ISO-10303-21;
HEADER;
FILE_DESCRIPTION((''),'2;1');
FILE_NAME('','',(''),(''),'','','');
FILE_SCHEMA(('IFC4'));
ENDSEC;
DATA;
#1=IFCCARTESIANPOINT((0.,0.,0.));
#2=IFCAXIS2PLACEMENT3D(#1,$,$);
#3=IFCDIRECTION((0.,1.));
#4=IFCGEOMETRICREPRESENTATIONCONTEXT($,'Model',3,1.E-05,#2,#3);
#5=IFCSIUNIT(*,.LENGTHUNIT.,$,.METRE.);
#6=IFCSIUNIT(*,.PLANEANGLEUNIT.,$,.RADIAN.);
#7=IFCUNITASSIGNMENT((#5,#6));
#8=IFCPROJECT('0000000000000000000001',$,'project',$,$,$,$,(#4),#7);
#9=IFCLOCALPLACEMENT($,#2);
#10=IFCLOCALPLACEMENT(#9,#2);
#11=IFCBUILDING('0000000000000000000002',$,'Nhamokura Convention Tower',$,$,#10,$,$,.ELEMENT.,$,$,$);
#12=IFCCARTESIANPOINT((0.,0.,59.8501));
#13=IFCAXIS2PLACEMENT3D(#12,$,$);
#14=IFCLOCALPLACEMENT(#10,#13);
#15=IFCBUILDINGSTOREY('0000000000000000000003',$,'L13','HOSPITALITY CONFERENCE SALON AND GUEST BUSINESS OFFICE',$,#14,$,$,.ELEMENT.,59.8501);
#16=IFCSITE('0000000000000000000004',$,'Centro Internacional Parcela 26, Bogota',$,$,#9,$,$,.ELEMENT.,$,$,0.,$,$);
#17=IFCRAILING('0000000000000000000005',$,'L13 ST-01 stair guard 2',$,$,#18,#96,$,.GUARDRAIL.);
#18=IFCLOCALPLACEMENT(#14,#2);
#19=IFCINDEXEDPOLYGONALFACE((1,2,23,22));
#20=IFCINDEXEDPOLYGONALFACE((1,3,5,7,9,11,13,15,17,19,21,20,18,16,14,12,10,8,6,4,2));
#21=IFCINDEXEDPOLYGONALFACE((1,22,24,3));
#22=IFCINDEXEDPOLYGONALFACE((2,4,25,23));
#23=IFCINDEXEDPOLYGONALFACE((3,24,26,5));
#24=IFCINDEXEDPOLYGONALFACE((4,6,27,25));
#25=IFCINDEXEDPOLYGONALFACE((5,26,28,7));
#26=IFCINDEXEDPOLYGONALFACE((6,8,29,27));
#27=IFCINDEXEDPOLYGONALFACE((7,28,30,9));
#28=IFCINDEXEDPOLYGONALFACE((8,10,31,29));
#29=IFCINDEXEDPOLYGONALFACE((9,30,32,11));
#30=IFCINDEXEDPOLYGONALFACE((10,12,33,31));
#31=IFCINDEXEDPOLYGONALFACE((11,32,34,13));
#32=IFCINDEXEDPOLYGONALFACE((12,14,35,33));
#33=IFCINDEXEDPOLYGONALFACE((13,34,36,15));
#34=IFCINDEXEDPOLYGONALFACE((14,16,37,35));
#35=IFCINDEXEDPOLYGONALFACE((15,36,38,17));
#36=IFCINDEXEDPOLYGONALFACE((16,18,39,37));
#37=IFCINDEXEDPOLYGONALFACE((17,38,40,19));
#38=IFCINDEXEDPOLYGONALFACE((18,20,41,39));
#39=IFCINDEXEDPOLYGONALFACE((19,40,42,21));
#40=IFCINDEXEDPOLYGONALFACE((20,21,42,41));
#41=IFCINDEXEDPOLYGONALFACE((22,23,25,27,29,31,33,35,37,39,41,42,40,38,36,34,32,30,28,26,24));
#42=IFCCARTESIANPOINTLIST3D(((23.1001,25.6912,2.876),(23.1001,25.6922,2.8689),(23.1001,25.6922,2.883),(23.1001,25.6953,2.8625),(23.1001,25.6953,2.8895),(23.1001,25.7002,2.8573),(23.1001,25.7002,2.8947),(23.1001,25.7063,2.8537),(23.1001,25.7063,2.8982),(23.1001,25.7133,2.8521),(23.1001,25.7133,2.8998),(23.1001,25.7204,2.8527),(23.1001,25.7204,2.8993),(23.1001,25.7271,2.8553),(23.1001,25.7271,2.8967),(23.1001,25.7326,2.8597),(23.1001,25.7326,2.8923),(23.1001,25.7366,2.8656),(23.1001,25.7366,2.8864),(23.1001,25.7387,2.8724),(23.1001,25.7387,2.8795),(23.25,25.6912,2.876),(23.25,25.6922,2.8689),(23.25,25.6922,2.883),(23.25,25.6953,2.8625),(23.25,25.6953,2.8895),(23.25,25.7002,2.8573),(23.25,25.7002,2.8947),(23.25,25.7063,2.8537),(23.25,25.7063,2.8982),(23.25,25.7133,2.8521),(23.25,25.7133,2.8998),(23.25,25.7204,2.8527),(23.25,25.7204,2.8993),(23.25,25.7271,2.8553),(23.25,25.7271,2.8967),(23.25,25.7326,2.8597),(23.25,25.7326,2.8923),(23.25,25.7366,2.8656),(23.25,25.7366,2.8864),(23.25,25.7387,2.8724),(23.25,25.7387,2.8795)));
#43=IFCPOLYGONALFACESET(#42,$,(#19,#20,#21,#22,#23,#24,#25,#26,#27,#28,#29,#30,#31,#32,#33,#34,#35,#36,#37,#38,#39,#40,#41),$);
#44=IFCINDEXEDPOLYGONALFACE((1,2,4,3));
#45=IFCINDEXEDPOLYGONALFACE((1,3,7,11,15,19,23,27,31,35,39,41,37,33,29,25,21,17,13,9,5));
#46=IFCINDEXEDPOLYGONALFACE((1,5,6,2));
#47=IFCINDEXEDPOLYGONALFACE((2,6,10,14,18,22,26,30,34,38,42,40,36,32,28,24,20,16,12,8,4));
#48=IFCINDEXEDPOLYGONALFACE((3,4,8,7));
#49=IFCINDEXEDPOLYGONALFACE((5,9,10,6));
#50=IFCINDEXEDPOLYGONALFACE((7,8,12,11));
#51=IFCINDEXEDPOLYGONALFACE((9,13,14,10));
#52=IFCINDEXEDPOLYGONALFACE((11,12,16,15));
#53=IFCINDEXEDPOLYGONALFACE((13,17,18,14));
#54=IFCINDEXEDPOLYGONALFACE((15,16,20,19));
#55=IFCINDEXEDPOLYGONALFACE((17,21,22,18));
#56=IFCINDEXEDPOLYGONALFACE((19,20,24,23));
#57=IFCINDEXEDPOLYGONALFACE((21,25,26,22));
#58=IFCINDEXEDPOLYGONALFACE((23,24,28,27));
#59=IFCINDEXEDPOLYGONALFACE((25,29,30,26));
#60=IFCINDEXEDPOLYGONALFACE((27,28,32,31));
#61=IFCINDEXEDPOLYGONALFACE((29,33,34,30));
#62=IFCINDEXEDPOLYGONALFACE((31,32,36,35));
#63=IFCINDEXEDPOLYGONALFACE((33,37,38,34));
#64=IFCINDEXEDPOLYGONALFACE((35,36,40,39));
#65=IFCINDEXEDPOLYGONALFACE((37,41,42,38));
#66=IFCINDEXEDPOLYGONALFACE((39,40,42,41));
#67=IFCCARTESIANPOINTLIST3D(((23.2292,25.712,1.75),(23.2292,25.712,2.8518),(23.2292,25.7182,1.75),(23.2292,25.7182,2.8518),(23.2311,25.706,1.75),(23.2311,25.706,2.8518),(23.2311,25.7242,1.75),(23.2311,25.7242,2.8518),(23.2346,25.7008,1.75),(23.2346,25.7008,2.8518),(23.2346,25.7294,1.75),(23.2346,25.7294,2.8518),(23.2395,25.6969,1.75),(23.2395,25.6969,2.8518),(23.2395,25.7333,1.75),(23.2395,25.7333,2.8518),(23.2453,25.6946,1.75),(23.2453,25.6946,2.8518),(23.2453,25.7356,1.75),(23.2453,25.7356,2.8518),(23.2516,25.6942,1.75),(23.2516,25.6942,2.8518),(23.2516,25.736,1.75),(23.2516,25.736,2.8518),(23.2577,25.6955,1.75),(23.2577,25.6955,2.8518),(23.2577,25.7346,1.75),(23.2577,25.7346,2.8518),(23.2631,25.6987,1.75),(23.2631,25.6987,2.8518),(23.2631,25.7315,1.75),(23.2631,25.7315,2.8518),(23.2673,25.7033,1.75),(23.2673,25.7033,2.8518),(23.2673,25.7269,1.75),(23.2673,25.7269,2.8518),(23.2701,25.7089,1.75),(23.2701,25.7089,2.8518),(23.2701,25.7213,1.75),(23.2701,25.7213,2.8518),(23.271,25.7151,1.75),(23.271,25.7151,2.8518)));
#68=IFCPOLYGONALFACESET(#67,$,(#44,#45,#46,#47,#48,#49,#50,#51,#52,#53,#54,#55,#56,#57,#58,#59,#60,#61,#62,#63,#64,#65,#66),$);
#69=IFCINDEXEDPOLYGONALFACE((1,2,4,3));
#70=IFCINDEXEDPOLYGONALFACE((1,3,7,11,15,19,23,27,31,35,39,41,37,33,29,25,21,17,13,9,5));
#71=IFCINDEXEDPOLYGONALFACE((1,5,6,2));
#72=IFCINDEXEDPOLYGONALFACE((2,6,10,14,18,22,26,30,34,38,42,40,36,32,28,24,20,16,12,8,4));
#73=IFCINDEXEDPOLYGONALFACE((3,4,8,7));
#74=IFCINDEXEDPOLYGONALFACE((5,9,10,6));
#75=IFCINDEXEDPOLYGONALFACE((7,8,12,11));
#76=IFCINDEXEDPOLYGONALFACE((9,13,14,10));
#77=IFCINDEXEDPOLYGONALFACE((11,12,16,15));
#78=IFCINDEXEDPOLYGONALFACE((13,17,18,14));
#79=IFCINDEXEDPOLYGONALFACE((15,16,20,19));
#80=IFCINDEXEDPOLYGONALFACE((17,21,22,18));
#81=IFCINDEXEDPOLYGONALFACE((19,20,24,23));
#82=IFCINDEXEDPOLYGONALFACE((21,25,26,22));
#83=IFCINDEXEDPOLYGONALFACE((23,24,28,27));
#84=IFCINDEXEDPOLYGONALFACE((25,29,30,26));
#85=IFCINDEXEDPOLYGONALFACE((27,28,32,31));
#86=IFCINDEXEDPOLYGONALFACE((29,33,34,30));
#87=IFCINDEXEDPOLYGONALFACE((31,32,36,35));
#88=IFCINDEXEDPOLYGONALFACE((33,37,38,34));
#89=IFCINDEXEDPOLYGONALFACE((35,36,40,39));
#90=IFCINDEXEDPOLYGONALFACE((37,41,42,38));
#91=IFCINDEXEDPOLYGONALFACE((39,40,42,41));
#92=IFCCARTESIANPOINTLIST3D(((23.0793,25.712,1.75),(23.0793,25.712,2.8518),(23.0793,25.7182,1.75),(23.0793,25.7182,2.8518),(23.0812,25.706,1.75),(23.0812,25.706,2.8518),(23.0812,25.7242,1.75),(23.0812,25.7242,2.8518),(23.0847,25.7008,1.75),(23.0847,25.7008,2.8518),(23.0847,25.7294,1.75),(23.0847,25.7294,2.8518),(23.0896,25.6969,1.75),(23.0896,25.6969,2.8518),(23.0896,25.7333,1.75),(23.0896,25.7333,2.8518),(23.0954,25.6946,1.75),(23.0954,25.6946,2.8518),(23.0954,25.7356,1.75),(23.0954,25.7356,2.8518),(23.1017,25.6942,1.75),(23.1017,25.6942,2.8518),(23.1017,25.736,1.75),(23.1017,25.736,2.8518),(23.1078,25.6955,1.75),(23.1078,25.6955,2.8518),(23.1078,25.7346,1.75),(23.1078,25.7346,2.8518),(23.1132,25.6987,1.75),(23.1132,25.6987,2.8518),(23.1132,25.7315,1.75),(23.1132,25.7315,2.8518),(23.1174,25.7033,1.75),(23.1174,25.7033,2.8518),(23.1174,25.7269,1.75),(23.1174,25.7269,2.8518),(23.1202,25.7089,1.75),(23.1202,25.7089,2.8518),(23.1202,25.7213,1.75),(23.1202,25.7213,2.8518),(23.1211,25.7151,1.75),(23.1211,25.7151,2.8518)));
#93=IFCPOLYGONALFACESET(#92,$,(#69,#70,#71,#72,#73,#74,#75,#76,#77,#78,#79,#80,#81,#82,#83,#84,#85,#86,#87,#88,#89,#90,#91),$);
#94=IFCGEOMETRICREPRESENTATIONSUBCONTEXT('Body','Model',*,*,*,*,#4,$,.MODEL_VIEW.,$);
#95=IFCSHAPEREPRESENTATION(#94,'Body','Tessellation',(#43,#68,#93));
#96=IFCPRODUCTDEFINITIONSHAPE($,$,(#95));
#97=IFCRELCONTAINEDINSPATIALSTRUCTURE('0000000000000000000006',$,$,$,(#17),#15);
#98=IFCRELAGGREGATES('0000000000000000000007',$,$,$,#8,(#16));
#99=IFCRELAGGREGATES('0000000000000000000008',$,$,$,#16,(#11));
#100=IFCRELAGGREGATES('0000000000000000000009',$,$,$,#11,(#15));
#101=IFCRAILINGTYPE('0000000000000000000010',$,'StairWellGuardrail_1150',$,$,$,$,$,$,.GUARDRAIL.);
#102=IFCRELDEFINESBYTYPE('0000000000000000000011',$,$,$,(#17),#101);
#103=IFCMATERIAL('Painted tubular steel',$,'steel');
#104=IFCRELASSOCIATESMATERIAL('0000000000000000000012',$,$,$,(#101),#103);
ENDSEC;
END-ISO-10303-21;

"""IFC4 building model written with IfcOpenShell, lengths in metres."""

from ifc_helpers import new_model, si_unit, direction, frame, origin, origin_2d, place, context, subcontext, project, spatial, circle, extrude, material, type_object, element, save


model = new_model("IFC4")

# Units and contexts
model_context = context("Model", 3, precision=1e-05, world=origin(), true_north=direction((0.0, 1.0)))
body_context = subcontext(model_context, "Body", "Model", "MODEL_VIEW")
ifc_project = project(units=[si_unit("LENGTHUNIT", "METRE"), si_unit("PLANEANGLEUNIT", "RADIAN")], contexts=[model_context])

# Site, building, storey
site_placement = place(None, origin())
site = spatial("IfcSite", under=ifc_project, at=site_placement, Name="Centro Internacional Parcela 26, Bogota", CompositionType="ELEMENT", RefElevation=0.0)
building_placement = place(site_placement, origin())
building = spatial("IfcBuilding", under=site, at=building_placement, Name="Nhamokura Convention Tower", CompositionType="ELEMENT")
storey_placement = place(building_placement, frame((0.0, 0.0, 59.8501)))
storey = spatial("IfcBuildingStorey", under=building, at=storey_placement, Name="L13", Description="HOSPITALITY CONFERENCE SALON AND GUEST BUSINESS OFFICE", CompositionType="ELEMENT", Elevation=59.8501)

# Railing
ifc_material_1 = material(Name="Painted tubular steel", Category="steel")
railing_type = type_object("IfcRailingType", Name="StairWellGuardrail_1150", PredefinedType="GUARDRAIL", material=ifc_material_1)
railing_placement = place(storey_placement, frame((23.25, 25.7151, 1.75)))
element("IfcRailing", 1, at=railing_placement, inside=storey, type_object=railing_type, Name="L13 ST-01 stair guard 2", PredefinedType="GUARDRAIL", context=body_context, shape_type="SweptSolid", body=[
    extrude(circle(Radius=0.0239, at=origin_2d()), frame((0.0, 0.0, 1.126), z_axis=(-1.0, 0.0, 0.0), x_axis=(0.0, -1.0, 0.0)), (0.0, 0.0, 1.0), 0.1499),
    extrude(circle(Radius=0.021, at=origin_2d()), origin(), (0.0, 0.0, 1.0), 1.1018),
    extrude(circle(Radius=0.021, at=origin_2d()), frame((-0.1499, 0.0, 0.0)), (0.0, 0.0, 1.0), 1.1018),
])

save(model, "model.ifc")
